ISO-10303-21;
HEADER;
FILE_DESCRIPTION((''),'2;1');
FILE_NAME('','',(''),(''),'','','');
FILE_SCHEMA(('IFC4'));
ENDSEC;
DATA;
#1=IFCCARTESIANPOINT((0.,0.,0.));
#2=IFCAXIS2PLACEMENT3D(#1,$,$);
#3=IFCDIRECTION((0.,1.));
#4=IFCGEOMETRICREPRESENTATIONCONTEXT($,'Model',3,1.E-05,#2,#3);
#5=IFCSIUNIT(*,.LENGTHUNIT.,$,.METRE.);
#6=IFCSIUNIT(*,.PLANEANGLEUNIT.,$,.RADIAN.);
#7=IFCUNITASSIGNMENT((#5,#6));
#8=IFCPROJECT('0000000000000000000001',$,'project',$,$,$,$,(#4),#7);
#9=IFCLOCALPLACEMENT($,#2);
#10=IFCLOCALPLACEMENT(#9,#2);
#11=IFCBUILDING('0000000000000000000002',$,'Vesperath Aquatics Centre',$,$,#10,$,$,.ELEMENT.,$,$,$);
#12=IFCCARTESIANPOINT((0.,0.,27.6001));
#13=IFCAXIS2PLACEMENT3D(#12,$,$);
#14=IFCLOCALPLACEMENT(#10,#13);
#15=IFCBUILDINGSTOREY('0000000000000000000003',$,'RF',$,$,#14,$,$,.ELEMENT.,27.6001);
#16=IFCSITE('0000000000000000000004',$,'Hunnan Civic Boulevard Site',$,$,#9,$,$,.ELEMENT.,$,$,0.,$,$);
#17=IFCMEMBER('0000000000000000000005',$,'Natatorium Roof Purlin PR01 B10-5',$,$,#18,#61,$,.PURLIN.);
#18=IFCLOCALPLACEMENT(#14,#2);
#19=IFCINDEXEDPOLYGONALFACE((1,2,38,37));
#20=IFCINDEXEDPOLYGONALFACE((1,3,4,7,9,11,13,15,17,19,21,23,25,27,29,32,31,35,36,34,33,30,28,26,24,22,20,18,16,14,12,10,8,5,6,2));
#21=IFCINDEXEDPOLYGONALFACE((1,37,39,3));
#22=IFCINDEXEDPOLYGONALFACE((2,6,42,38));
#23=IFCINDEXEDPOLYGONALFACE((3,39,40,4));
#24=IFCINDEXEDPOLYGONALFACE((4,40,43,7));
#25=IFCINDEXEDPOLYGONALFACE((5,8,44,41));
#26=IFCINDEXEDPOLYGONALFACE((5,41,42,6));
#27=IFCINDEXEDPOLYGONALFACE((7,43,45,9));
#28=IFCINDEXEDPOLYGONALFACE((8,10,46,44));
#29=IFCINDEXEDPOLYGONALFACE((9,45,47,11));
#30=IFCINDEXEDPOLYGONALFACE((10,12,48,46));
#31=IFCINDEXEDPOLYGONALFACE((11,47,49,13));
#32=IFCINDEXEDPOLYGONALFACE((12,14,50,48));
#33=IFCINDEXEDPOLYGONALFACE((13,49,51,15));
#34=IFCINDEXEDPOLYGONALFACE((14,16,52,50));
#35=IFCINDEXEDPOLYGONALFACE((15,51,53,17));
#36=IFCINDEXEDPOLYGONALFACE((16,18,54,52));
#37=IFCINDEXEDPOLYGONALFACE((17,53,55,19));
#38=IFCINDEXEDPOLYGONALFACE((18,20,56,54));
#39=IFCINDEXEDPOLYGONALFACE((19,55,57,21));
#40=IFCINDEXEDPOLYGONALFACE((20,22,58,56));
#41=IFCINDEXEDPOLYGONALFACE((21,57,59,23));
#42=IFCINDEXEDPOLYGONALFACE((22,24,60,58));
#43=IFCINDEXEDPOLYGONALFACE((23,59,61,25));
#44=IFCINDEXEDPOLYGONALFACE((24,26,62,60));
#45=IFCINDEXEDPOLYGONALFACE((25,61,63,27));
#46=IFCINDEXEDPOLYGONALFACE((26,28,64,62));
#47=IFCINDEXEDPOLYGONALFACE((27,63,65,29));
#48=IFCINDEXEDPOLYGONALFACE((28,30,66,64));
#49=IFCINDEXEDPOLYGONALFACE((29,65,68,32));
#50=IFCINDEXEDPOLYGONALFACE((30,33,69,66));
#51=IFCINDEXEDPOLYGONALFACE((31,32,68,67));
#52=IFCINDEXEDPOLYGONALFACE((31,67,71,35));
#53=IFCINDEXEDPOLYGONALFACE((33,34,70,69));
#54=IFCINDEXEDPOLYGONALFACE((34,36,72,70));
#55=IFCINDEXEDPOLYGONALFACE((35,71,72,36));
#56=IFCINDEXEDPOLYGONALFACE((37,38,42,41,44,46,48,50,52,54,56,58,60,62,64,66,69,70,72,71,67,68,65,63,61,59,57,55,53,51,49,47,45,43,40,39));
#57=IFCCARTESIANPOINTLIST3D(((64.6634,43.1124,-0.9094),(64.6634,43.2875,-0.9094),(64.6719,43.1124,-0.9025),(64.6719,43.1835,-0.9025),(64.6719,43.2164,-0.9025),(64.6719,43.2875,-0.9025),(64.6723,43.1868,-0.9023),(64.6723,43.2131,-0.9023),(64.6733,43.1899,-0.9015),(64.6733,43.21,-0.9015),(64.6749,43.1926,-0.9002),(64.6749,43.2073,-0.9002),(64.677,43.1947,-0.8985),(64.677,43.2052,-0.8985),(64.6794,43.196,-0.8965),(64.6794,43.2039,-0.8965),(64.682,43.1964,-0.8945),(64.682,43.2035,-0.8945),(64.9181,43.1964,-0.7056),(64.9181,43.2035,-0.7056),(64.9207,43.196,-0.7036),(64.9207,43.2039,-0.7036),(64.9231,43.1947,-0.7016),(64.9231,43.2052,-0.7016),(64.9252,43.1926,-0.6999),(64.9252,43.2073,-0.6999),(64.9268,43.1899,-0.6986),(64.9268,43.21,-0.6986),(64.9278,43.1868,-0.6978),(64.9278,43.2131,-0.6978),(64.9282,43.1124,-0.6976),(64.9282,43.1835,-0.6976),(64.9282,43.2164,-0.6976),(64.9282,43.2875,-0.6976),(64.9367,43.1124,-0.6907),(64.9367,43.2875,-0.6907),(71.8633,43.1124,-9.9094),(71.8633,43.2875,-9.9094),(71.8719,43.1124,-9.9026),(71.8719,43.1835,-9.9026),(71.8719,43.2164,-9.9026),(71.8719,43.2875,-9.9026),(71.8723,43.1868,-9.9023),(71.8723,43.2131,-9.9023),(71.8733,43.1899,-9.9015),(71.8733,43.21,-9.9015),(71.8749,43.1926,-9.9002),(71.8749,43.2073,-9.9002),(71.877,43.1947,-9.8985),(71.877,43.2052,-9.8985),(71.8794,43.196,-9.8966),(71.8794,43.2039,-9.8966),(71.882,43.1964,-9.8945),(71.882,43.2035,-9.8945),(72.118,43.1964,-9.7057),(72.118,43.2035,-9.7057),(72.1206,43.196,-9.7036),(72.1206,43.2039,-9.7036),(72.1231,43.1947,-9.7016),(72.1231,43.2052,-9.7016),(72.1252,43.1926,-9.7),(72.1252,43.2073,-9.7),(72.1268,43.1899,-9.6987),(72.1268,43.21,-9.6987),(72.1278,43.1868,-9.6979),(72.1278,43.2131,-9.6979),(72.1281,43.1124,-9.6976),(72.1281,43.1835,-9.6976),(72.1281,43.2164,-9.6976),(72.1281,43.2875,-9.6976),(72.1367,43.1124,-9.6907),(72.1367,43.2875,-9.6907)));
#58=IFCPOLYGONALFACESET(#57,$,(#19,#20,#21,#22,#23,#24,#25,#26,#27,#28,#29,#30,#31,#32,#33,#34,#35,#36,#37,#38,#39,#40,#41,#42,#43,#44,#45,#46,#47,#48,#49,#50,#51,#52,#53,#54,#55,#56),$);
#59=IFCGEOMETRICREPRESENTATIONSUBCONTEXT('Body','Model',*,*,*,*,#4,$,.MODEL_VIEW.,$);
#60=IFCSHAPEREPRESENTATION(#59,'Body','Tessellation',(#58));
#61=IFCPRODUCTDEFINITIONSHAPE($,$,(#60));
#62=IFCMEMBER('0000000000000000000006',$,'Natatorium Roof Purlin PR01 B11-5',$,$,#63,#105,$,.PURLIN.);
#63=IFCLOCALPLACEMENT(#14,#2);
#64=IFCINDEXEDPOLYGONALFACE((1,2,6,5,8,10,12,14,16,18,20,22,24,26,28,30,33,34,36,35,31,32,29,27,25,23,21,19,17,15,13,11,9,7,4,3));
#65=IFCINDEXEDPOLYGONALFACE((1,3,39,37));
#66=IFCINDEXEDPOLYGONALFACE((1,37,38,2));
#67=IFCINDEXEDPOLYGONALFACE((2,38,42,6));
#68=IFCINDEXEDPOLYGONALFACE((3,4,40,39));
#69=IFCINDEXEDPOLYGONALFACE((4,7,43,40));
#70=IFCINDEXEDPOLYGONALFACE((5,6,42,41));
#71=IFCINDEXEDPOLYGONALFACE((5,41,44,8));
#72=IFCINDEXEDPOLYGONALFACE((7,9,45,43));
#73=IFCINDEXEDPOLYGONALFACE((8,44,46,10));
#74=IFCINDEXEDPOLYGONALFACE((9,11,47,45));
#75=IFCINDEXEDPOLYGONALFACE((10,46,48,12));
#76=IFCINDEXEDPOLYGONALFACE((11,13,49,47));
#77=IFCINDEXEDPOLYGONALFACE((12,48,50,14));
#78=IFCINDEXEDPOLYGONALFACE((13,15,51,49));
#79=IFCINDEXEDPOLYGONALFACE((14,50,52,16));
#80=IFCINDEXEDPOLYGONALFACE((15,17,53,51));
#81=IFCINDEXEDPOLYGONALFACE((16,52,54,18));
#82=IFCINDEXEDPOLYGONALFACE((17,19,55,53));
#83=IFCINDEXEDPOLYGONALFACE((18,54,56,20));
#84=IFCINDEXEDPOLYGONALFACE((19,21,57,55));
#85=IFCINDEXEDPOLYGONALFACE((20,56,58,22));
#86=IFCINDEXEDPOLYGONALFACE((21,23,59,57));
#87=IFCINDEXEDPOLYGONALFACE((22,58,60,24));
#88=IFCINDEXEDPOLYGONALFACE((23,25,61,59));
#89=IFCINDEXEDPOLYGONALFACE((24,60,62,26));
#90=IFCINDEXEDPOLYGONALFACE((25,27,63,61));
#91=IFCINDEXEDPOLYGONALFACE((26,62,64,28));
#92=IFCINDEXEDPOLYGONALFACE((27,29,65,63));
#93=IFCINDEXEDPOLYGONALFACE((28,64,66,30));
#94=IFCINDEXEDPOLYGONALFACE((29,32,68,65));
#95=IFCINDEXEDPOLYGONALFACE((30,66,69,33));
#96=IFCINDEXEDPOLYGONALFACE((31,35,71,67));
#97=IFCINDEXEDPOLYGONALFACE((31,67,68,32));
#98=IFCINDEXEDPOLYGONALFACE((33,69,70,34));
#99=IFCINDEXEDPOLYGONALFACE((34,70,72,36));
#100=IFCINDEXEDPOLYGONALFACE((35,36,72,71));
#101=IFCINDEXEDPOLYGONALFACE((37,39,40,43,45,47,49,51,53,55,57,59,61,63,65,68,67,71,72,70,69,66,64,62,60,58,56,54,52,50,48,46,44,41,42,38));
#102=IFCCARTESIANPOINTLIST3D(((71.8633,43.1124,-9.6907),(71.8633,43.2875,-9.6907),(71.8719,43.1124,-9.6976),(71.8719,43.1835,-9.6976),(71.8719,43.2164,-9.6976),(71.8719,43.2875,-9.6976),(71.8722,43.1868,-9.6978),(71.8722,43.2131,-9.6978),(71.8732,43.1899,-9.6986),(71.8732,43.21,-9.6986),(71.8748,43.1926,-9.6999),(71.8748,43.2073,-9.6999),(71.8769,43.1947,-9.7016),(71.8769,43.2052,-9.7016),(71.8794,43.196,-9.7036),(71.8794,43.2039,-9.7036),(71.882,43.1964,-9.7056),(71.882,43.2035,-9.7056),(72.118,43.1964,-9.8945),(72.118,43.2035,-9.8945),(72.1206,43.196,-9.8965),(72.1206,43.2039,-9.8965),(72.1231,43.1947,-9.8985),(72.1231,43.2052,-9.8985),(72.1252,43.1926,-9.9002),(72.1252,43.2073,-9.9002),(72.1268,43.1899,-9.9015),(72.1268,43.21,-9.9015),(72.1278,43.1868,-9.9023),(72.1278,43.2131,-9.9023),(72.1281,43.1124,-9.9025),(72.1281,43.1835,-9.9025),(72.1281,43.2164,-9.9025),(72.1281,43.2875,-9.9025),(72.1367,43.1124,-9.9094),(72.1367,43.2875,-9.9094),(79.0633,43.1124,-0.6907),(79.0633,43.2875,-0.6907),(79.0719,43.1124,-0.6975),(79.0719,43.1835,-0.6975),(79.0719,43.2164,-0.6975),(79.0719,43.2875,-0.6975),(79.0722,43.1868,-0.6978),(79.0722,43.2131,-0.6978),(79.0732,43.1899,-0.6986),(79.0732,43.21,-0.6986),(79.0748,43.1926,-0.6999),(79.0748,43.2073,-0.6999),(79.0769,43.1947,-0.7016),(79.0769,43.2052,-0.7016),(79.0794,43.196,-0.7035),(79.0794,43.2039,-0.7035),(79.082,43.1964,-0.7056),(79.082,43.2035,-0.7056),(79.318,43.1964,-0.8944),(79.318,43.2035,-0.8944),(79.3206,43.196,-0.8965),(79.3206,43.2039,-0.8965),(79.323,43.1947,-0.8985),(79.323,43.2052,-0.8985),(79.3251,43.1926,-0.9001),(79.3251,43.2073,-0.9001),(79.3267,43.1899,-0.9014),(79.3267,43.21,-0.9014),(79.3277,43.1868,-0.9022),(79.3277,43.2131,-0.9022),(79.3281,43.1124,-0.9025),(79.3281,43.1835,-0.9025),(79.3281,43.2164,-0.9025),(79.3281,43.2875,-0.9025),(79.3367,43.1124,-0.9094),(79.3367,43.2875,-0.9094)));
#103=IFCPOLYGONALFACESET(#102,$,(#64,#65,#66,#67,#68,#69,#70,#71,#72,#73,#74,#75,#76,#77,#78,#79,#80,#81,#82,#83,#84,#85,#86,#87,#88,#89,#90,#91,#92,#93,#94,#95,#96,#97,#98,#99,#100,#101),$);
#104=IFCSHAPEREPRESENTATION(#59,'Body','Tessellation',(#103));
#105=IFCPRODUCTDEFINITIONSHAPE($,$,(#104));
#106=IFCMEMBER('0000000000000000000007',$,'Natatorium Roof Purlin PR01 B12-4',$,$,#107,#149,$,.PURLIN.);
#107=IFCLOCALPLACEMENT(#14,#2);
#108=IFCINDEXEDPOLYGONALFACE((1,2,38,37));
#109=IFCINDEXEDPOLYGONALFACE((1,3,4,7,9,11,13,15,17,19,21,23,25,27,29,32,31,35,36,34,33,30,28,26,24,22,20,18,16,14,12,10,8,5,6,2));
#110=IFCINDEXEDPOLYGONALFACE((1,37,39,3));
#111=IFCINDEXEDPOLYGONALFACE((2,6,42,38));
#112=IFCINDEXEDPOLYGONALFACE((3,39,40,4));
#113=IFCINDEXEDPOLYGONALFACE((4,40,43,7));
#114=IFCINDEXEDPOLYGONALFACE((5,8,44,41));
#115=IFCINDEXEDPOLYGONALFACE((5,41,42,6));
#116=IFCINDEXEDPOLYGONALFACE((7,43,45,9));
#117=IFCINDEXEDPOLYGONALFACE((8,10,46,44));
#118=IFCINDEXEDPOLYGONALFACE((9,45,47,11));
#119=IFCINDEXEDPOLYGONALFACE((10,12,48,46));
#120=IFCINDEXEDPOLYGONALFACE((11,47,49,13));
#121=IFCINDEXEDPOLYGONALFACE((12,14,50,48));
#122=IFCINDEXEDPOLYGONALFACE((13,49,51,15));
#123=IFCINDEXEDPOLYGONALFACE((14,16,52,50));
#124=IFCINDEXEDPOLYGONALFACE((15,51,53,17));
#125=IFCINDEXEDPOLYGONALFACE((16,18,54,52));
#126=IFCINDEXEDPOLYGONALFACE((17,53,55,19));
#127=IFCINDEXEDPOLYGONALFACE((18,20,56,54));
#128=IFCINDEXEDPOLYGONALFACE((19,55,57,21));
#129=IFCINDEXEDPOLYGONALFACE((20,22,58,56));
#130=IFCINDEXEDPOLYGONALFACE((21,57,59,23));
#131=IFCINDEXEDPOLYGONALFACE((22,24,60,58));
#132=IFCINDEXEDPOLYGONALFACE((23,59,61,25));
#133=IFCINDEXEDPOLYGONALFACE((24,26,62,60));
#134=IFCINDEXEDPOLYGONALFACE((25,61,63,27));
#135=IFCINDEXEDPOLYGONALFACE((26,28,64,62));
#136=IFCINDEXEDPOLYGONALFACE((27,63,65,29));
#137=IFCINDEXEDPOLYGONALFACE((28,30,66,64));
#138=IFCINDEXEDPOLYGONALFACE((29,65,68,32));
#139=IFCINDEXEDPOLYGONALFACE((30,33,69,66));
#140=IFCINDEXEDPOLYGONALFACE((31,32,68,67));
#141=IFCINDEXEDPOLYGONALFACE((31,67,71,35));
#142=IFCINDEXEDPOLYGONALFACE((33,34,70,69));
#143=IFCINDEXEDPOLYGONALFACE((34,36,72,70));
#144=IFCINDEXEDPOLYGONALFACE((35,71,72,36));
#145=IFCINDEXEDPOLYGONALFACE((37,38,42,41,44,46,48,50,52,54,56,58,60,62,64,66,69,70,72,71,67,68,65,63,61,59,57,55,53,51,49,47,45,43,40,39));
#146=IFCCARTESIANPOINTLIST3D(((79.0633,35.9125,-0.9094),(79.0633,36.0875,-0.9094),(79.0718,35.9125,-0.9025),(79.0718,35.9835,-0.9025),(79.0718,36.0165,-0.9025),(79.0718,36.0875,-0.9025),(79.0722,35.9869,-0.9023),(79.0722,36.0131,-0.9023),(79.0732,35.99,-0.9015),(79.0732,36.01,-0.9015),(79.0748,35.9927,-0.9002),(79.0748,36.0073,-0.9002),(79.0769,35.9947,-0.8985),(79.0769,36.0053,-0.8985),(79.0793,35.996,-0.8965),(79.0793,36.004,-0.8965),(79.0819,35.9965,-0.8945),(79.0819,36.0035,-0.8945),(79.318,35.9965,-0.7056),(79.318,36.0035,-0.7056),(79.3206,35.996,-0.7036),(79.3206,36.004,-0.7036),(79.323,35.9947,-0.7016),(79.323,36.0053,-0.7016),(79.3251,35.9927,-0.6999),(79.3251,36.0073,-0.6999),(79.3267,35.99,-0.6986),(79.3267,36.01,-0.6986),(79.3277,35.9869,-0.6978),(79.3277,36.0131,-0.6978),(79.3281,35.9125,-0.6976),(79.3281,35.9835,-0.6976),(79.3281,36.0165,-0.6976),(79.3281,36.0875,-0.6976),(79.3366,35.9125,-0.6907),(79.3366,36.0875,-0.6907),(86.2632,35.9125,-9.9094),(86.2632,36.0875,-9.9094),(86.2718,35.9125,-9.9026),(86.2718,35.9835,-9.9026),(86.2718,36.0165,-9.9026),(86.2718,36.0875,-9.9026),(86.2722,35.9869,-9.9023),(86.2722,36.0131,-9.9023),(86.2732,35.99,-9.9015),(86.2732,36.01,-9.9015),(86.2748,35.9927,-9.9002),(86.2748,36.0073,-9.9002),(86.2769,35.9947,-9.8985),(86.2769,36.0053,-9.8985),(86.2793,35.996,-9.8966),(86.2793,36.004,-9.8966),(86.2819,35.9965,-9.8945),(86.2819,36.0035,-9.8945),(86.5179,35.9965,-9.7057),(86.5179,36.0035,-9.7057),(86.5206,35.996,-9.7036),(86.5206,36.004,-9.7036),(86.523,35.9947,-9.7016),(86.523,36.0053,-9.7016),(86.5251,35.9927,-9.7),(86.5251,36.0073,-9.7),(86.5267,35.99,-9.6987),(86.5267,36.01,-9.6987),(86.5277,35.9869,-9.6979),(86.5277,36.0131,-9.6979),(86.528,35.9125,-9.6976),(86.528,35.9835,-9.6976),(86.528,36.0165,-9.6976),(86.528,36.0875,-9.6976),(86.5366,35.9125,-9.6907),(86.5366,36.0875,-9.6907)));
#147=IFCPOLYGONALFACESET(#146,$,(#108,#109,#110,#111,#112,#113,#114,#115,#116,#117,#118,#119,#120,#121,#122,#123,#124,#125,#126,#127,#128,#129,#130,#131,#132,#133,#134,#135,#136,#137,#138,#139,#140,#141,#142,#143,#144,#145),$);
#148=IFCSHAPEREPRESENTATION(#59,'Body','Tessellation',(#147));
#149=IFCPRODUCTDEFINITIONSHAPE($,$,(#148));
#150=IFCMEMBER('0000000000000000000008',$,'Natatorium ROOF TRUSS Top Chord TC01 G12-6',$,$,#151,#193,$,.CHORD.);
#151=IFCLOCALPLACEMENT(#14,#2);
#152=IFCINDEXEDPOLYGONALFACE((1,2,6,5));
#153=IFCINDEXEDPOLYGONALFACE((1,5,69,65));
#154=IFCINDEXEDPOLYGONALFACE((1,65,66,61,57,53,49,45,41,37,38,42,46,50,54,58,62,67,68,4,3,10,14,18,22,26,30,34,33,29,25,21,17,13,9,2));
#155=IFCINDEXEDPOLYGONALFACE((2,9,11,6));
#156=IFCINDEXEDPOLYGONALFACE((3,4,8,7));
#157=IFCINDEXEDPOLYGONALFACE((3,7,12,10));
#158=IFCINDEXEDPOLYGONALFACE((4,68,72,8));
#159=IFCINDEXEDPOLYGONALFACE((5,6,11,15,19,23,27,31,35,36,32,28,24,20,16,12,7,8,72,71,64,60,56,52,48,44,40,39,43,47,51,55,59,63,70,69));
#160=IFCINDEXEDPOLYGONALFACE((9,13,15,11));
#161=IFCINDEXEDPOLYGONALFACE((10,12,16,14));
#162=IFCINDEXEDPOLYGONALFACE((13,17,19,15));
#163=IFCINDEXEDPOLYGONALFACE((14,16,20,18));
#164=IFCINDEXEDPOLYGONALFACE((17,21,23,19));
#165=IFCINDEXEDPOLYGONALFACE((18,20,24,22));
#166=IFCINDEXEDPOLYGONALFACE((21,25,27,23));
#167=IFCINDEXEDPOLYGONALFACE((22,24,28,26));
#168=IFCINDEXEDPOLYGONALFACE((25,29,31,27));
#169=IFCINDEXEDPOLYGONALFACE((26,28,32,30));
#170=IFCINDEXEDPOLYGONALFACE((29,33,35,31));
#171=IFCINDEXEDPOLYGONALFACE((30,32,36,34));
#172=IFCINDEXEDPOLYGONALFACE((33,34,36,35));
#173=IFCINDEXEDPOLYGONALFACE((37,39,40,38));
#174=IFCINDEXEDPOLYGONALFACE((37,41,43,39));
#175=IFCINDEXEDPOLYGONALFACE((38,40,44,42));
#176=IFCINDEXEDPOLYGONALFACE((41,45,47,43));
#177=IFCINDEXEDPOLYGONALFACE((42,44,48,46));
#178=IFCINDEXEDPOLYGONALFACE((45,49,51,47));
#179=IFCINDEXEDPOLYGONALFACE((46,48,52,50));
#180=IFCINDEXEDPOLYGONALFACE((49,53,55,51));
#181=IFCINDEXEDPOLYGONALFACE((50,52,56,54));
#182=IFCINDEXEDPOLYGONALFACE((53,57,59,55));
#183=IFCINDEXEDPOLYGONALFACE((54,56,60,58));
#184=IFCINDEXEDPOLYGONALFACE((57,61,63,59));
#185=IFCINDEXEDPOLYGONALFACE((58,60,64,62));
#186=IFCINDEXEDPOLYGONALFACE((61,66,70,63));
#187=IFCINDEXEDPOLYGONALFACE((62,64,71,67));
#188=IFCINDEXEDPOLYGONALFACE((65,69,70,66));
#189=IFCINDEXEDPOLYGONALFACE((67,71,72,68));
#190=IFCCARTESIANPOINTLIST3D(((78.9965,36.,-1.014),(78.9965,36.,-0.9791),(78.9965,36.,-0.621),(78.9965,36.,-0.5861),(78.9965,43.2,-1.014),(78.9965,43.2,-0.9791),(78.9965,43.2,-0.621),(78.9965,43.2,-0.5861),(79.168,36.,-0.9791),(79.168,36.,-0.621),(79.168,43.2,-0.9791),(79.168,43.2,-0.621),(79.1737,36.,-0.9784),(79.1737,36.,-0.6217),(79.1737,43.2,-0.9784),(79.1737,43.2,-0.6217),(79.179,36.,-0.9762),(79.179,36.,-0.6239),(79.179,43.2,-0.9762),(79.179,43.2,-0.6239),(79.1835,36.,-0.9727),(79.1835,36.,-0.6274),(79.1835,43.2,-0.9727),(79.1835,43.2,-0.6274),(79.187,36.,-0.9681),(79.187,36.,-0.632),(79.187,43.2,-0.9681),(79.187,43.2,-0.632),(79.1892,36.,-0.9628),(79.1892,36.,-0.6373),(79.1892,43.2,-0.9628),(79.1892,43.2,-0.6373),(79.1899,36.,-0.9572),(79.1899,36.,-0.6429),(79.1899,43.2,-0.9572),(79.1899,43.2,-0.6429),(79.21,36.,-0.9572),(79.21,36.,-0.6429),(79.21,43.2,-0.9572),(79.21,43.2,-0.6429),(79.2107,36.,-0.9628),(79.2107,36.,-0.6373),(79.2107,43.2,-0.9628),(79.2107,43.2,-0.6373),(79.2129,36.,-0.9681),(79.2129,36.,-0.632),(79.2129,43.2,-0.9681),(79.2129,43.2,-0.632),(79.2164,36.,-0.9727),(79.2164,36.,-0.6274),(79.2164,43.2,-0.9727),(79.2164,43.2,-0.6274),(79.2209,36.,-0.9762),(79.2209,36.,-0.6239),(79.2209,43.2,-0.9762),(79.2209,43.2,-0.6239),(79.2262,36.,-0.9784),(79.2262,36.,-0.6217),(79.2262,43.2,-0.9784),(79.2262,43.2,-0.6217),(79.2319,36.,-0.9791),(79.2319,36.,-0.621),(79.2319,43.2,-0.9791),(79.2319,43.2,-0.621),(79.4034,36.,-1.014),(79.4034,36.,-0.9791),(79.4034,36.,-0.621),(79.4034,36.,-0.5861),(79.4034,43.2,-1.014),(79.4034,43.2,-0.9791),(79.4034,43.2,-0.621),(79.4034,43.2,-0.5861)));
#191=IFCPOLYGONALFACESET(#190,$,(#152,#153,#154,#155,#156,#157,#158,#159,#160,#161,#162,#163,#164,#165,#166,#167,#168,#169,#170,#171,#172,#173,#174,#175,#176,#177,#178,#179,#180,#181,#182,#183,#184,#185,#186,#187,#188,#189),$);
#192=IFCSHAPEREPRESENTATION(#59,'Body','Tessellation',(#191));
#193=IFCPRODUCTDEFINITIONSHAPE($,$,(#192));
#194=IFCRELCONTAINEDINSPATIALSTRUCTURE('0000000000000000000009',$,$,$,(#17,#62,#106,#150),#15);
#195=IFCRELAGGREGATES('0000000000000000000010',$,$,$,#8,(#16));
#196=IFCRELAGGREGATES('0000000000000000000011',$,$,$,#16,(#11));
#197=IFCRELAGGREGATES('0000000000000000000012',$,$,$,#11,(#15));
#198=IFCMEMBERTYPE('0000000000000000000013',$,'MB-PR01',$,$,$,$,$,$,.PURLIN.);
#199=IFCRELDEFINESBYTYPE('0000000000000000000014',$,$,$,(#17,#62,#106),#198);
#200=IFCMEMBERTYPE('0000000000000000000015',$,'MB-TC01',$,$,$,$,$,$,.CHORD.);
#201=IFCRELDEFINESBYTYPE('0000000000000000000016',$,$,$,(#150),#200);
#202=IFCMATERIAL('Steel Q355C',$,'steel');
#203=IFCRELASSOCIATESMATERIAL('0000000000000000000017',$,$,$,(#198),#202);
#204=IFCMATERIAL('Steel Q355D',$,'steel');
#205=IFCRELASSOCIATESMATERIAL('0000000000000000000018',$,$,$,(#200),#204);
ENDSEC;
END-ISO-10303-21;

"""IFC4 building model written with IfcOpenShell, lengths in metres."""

from ifc_helpers import new_model, si_unit, direction, frame, origin, origin_2d, place, context, subcontext, project, spatial, i_section, extrude, material, material_profile, profile_set, type_object, element, save


model = new_model("IFC4")

# Units and contexts
model_context = context("Model", 3, precision=1e-05, world=origin(), true_north=direction((0.0, 1.0)))
body_context = subcontext(model_context, "Body", "Model", "MODEL_VIEW")
ifc_project = project(units=[si_unit("LENGTHUNIT", "METRE"), si_unit("PLANEANGLEUNIT", "RADIAN")], contexts=[model_context])

# Site, building, storey
site_placement = place(None, origin())
site = spatial("IfcSite", under=ifc_project, at=site_placement, Name="Hunnan Civic Boulevard Site", CompositionType="ELEMENT", RefElevation=0.0)
building_placement = place(site_placement, origin())
building = spatial("IfcBuilding", under=site, at=building_placement, Name="Vesperath Aquatics Centre", CompositionType="ELEMENT")
storey_placement = place(building_placement, frame((0.0, 0.0, 27.6001)))
storey = spatial("IfcBuildingStorey", under=building, at=storey_placement, Name="RF", CompositionType="ELEMENT", Elevation=27.6001)

# Shared definitions
ifc_material_1 = material(Name="Steel Q355C", Category="steel")

# Members
ifc_material_2 = material(Name="Steel Q355D", Category="steel")
ifc_material_profile_1 = material_profile(ifc_material_1, i_section(OverallWidth=0.175, OverallDepth=0.3501, WebThickness=0.0071, FlangeThickness=0.011, FilletRadius=0.0129, at=origin_2d()), Name="HN 350x175x7x11")
ifc_profile_set_1 = profile_set([ifc_material_profile_1], Name="Steel Q355C")
member_type_1 = type_object("IfcMemberType", Name="MB-PR01", PredefinedType="PURLIN", material=ifc_profile_set_1)
for number, where, z_axis, x_axis, name in (
    (1, (64.8, 43.2, -0.8), (0.624692, 0.0, -0.780871), (0.0, 1.0, 0.0), "Natatorium Roof Purlin PR01 B10-5"),
    (2, (72.0, 43.2, -9.8), (0.624692, 0.0, 0.780871), (0.0, 1.0, 0.0), "Natatorium Roof Purlin PR01 B11-5"),
    (3, (79.2, 36.0, -0.8), (0.624692, 0.0, -0.780871), (0.0, 1.0, 0.0), "Natatorium Roof Purlin PR01 B12-4"),
):
    element("IfcMember", number, at=place(storey_placement, frame(where, z_axis=z_axis, x_axis=x_axis)), inside=storey, type_object=member_type_1, Name=name, PredefinedType="PURLIN", context=body_context, shape_type="SweptSolid", body=[
        extrude(i_section(OverallWidth=0.175, OverallDepth=0.3501, WebThickness=0.0071, FlangeThickness=0.011, FilletRadius=0.0129, at=origin_2d()), origin(), (0.0, 0.0, 1.0), 11.5256),
    ])
ifc_material_profile_2 = material_profile(ifc_material_2, i_section(OverallWidth=0.407, OverallDepth=0.428, WebThickness=0.02, FlangeThickness=0.0349, FilletRadius=0.022, at=origin_2d()), Name="HW 428x407x20x35")
ifc_profile_set_2 = profile_set([ifc_material_profile_2], Name="Steel Q355D")
member_type_2 = type_object("IfcMemberType", Name="MB-TC01", PredefinedType="CHORD", material=ifc_profile_set_2)
for number, where, z_axis, x_axis, name in (
    (4, (79.2, 36.0, -0.8), (0.0, 1.0, 0.0), (-1.0, 0.0, 0.0), "Natatorium ROOF TRUSS Top Chord TC01 G12-6"),
):
    element("IfcMember", number, at=place(storey_placement, frame(where, z_axis=z_axis, x_axis=x_axis)), inside=storey, type_object=member_type_2, Name=name, PredefinedType="CHORD", context=body_context, shape_type="SweptSolid", body=[
        extrude(i_section(OverallWidth=0.407, OverallDepth=0.428, WebThickness=0.02, FlangeThickness=0.0349, FilletRadius=0.022, at=origin_2d()), origin(), (0.0, 0.0, 1.0), 7.2),
    ])

save(model, "model.ifc")
